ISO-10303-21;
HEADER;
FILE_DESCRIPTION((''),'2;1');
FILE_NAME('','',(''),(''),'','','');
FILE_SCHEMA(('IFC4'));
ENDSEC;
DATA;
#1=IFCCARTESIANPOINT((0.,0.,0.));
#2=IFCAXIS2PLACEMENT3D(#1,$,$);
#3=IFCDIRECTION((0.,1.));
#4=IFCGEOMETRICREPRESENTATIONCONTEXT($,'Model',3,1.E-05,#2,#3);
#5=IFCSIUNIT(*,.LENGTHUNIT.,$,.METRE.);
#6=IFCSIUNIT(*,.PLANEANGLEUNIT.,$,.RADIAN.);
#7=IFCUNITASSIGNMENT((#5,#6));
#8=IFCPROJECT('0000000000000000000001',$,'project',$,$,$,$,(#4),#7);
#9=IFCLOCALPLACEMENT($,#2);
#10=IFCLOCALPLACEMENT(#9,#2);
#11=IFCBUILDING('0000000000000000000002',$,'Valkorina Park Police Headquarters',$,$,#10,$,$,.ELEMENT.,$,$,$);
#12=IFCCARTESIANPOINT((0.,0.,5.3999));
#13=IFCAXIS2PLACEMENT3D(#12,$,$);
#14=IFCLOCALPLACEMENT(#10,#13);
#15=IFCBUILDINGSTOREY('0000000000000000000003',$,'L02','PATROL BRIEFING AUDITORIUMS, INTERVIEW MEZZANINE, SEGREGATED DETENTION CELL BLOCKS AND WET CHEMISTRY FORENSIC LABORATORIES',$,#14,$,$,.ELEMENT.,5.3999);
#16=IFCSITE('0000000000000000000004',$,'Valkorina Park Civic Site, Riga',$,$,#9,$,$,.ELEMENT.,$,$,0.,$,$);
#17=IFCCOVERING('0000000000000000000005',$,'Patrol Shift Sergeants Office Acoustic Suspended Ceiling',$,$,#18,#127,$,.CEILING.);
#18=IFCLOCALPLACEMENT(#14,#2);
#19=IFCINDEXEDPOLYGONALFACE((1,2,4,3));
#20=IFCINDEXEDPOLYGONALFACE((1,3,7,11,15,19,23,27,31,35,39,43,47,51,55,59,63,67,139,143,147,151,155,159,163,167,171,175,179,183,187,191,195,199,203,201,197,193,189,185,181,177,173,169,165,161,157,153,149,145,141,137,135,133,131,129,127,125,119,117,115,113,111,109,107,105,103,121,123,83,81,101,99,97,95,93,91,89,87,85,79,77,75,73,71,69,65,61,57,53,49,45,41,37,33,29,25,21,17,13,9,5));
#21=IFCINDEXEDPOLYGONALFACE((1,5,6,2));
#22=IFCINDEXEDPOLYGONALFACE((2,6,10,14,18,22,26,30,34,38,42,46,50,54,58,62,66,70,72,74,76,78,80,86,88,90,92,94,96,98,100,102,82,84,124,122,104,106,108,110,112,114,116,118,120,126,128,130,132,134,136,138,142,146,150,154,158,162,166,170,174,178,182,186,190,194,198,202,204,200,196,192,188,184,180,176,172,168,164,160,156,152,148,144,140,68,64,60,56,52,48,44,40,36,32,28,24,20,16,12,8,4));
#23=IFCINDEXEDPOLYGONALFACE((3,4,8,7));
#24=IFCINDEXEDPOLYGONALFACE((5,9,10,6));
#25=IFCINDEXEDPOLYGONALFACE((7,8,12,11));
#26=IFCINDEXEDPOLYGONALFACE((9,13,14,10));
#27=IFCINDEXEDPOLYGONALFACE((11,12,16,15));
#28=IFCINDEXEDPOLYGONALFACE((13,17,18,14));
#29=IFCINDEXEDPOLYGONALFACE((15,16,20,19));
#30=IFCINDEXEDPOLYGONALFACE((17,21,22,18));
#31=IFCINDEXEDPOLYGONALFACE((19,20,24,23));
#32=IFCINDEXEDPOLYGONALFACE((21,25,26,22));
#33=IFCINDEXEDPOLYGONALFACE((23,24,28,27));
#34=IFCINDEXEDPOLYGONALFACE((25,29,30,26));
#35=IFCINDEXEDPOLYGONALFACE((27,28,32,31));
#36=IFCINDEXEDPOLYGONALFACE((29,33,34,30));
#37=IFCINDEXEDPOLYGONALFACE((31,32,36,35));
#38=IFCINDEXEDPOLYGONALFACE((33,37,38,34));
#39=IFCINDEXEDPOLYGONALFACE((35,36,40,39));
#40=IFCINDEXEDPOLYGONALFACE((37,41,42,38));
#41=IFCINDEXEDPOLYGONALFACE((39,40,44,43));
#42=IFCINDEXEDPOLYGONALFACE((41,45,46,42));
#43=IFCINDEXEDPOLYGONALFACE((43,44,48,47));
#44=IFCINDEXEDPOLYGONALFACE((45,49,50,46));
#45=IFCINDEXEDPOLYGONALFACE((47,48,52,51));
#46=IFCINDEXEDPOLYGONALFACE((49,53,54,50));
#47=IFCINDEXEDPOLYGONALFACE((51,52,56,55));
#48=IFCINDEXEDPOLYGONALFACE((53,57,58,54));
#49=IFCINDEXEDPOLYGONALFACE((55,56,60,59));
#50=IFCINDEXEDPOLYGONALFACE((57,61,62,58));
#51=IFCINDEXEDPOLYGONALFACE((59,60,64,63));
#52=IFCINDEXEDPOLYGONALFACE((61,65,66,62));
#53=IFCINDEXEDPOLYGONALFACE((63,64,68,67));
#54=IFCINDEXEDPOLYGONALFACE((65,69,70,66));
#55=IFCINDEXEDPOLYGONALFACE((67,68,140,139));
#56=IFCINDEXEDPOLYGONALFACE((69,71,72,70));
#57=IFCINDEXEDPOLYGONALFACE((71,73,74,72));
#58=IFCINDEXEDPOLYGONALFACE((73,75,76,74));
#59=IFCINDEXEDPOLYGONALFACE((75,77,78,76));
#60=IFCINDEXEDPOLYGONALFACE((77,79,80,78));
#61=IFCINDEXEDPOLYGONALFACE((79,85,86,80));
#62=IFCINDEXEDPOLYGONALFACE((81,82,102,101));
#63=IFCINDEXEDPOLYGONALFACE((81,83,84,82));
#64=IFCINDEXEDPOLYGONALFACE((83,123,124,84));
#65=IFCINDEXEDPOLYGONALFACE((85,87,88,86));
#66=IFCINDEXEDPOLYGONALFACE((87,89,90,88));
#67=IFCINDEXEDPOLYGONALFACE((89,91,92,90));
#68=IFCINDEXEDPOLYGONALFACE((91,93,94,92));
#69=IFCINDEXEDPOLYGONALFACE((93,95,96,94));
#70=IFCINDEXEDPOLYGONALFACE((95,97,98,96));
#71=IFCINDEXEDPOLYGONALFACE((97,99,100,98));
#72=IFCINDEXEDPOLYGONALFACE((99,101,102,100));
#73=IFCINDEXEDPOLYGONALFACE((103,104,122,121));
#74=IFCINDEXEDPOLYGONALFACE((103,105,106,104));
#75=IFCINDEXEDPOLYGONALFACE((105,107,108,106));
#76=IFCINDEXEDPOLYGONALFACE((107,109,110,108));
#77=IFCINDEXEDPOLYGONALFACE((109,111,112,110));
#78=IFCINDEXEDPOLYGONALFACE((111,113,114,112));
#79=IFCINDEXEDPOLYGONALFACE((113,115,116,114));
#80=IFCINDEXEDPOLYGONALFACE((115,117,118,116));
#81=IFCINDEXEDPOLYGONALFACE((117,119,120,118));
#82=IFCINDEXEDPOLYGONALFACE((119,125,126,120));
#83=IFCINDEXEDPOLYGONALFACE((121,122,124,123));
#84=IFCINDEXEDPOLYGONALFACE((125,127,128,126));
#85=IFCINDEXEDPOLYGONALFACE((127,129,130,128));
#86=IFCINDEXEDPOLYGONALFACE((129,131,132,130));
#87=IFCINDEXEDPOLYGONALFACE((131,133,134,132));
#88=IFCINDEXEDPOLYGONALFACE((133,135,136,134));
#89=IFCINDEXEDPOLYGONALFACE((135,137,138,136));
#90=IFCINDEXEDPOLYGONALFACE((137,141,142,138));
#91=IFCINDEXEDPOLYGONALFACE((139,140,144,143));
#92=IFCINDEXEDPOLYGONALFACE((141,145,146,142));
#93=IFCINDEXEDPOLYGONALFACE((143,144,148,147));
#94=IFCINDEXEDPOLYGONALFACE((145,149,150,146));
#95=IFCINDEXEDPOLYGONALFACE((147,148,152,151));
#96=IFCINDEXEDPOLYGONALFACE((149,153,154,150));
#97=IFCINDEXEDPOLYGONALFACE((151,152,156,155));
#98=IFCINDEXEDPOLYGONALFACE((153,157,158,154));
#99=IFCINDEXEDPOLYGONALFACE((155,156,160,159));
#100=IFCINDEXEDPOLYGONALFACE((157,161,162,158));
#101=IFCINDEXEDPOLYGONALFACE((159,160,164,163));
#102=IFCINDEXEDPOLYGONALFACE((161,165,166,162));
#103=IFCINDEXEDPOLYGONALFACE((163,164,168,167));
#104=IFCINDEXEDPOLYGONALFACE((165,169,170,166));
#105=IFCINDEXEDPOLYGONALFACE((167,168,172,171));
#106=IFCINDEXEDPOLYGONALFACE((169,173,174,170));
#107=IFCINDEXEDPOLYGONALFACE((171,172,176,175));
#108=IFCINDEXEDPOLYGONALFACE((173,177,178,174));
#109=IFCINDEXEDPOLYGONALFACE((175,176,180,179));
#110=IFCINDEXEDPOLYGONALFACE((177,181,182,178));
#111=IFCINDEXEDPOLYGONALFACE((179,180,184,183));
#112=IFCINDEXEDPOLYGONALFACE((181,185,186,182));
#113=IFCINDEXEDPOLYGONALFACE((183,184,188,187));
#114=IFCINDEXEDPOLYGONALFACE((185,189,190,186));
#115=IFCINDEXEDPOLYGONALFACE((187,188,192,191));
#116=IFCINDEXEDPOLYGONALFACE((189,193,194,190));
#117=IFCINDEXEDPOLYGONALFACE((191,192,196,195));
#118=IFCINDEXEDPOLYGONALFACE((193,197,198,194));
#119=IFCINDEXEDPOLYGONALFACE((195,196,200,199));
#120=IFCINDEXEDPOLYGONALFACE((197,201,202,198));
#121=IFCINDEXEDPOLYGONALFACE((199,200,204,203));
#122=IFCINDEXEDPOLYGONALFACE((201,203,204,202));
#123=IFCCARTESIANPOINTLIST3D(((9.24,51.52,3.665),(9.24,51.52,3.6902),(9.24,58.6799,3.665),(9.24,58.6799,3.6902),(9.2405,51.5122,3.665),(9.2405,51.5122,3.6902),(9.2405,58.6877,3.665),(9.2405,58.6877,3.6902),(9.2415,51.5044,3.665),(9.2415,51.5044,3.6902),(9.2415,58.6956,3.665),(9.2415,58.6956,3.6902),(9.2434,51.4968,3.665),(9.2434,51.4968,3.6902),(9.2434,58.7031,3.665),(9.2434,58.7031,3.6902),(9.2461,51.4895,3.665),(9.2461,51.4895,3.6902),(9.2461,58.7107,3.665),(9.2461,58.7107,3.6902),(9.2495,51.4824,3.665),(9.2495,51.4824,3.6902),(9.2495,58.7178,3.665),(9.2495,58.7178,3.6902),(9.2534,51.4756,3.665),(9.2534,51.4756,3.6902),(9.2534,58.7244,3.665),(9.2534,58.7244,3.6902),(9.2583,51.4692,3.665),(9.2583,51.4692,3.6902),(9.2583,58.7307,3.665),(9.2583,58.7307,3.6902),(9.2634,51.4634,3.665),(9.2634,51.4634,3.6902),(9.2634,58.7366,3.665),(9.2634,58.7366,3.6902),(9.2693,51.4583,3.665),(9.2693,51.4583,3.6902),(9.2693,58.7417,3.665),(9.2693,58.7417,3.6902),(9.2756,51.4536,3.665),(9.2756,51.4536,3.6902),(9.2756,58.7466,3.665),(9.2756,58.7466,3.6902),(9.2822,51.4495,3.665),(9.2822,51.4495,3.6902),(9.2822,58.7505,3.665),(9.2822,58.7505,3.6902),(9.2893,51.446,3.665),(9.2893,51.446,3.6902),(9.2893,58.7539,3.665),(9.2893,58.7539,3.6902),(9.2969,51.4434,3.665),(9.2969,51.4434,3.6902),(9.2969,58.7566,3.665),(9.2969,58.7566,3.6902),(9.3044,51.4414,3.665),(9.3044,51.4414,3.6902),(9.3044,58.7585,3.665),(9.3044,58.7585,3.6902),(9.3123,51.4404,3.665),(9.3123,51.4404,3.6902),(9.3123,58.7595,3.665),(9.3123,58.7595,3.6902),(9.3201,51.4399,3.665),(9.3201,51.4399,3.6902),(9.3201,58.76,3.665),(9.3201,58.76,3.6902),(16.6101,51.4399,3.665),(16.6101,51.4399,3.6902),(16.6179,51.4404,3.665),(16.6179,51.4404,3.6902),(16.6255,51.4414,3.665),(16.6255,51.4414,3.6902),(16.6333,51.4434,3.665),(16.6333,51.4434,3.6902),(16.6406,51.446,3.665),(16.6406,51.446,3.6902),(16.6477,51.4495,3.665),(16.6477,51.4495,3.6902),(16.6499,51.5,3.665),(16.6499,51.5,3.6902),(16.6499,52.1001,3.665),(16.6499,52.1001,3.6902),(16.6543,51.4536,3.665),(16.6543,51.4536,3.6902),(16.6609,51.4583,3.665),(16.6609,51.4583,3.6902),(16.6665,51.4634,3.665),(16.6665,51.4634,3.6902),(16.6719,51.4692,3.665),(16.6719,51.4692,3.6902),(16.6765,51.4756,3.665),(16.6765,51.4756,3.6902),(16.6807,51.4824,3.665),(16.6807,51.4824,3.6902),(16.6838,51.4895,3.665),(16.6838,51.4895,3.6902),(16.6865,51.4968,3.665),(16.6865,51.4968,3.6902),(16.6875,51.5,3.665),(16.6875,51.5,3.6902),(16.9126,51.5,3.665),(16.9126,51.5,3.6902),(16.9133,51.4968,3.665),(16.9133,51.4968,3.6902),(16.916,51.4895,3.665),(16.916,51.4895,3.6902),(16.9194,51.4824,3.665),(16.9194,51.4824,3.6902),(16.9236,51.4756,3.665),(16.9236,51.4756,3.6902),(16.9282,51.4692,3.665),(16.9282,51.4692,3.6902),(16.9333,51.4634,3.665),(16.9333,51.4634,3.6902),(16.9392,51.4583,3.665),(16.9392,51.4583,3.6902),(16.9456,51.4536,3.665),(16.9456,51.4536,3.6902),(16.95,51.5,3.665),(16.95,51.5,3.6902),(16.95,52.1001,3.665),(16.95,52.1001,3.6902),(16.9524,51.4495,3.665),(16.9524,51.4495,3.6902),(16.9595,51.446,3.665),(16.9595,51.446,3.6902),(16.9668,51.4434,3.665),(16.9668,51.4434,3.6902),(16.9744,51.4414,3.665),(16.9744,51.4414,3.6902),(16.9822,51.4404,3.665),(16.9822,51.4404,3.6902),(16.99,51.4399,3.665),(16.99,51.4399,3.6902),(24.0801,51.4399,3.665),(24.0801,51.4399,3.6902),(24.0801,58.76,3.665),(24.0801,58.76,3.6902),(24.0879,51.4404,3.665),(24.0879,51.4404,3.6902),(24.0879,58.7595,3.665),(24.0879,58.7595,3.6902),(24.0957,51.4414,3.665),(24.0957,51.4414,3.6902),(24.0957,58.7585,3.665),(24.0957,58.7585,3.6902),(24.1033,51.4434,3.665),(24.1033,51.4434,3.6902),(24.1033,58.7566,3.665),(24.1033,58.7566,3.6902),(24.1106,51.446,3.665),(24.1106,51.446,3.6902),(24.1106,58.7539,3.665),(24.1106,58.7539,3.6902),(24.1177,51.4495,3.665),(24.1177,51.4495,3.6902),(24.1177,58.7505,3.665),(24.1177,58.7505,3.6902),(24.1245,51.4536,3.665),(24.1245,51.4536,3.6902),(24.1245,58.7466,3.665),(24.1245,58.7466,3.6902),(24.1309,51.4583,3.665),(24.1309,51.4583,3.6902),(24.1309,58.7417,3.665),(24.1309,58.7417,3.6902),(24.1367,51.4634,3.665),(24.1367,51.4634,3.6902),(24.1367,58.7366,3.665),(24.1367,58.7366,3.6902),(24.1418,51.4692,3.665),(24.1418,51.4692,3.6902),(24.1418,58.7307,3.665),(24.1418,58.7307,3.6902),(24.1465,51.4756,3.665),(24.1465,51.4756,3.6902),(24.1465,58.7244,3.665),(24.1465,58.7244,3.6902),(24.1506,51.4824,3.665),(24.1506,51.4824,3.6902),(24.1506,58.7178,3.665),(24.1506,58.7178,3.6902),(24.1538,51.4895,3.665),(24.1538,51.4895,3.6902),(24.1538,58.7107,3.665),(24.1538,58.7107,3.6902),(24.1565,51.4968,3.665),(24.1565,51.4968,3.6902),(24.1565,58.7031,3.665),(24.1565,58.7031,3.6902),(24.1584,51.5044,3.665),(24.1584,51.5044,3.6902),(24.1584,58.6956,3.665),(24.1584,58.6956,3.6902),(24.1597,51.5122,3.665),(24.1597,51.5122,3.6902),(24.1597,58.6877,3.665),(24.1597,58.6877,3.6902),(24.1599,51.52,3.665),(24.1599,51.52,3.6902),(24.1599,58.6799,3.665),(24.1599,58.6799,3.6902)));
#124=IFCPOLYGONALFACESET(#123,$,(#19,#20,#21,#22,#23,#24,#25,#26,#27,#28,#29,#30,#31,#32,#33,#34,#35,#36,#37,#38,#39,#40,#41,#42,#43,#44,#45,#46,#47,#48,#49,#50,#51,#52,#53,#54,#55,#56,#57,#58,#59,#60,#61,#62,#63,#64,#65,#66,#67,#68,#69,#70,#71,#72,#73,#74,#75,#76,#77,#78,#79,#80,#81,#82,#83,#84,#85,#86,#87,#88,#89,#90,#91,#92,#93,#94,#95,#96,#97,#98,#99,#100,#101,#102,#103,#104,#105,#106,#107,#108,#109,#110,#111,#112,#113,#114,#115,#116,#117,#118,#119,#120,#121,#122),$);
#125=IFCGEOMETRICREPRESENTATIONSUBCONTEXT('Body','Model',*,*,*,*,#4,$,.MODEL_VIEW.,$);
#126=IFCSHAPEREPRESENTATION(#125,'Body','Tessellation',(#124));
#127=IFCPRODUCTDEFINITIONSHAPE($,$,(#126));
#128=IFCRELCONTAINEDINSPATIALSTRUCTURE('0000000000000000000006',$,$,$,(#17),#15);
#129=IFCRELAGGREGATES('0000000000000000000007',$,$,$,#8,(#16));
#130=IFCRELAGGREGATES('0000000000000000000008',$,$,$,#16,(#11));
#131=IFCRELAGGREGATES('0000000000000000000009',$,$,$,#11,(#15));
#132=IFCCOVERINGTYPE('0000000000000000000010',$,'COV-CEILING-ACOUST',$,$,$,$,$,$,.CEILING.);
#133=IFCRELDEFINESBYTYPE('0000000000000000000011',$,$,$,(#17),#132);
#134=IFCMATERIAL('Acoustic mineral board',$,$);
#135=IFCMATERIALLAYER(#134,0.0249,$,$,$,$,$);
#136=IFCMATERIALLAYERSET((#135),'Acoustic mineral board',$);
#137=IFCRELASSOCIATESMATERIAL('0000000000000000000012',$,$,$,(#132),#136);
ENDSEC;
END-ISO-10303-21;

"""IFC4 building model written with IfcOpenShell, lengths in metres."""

from ifc_helpers import new_model, si_unit, direction, frame, origin, place, context, subcontext, project, spatial, polyline, outline, extrude, material, layer, layer_set, type_object, element, save


model = new_model("IFC4")

# Units and contexts
model_context = context("Model", 3, precision=1e-05, world=origin(), true_north=direction((0.0, 1.0)))
body_context = subcontext(model_context, "Body", "Model", "MODEL_VIEW")
ifc_project = project(units=[si_unit("LENGTHUNIT", "METRE"), si_unit("PLANEANGLEUNIT", "RADIAN")], contexts=[model_context])

# Site, building, storey
site_placement = place(None, origin())
site = spatial("IfcSite", under=ifc_project, at=site_placement, Name="Valkorina Park Civic Site, Riga", CompositionType="ELEMENT", RefElevation=0.0)
building_placement = place(site_placement, origin())
building = spatial("IfcBuilding", under=site, at=building_placement, Name="Valkorina Park Police Headquarters", CompositionType="ELEMENT")
storey_placement = place(building_placement, frame((0.0, 0.0, 5.3999)))
storey = spatial("IfcBuildingStorey", under=building, at=storey_placement, Name="L02", Description="PATROL BRIEFING AUDITORIUMS, INTERVIEW MEZZANINE, SEGREGATED DETENTION CELL BLOCKS AND WET CHEMISTRY FORENSIC LABORATORIES", CompositionType="ELEMENT", Elevation=5.3999)

# Covering
ifc_material_1 = material(Name="Acoustic mineral board")
ifc_layer_1 = layer(ifc_material_1, 0.0249)
ifc_layer_set_1 = layer_set([ifc_layer_1], Name="Acoustic mineral board")
covering_type_1 = type_object("IfcCoveringType", Name="COV-CEILING-ACOUST", PredefinedType="CEILING", material=ifc_layer_set_1)
covering_1_placement = place(storey_placement, frame((0.0, 0.0, 3.665)))
element("IfcCovering", 1, at=covering_1_placement, inside=storey, type_object=covering_type_1, Name="Patrol Shift Sergeants Office Acoustic Suspended Ceiling", PredefinedType="CEILING", context=body_context, shape_type="SweptSolid", body=[
    extrude(outline(polyline([(24.1584, 51.5044), (24.1597, 51.5122), (24.1599, 51.52), (24.1599, 58.6799), (24.1597, 58.6877), (24.1584, 58.6956), (24.1565, 58.7031), (24.1538, 58.7107), (24.1506, 58.7178), (24.1465, 58.7244), (24.1418, 58.7307), (24.1367, 58.7366), (24.1309, 58.7417), (24.1245, 58.7466), (24.1177, 58.7505), (24.1106, 58.7539), (24.1033, 58.7566), (24.0957, 58.7585), (24.0879, 58.7595), (24.0801, 58.76), (9.3201, 58.76), (9.3123, 58.7595), (9.3044, 58.7585), (9.2969, 58.7566), (9.2893, 58.7539), (9.2822, 58.7505), (9.2756, 58.7466), (9.2693, 58.7417), (9.2634, 58.7366), (9.2583, 58.7307), (9.2534, 58.7244), (9.2495, 58.7178), (9.2461, 58.7107), (9.2434, 58.7031), (9.2415, 58.6956), (9.2405, 58.6877), (9.24, 58.6799), (9.24, 51.52), (9.2405, 51.5122), (9.2415, 51.5044), (9.2434, 51.4968), (9.2461, 51.4895), (9.2495, 51.4824), (9.2534, 51.4756), (9.2583, 51.4692), (9.2634, 51.4634), (9.2693, 51.4583), (9.2756, 51.4536), (9.2822, 51.4495), (9.2893, 51.446), (9.2969, 51.4434), (9.3044, 51.4414), (9.3123, 51.4404), (9.3201, 51.4399), (16.6101, 51.4399), (16.6179, 51.4404), (16.6255, 51.4414), (16.6333, 51.4434), (16.6406, 51.446), (16.6477, 51.4495), (16.6543, 51.4536), (16.6609, 51.4583), (16.6665, 51.4634), (16.6719, 51.4692), (16.6765, 51.4756), (16.6807, 51.4824), (16.6838, 51.4895), (16.6865, 51.4968), (16.6875, 51.5), (16.6499, 51.5), (16.6499, 52.1001), (16.95, 52.1001), (16.95, 51.5), (16.9126, 51.5), (16.9133, 51.4968), (16.916, 51.4895), (16.9194, 51.4824), (16.9236, 51.4756), (16.9282, 51.4692), (16.9333, 51.4634), (16.9392, 51.4583), (16.9456, 51.4536), (16.9524, 51.4495), (16.9595, 51.446), (16.9668, 51.4434), (16.9744, 51.4414), (16.9822, 51.4404), (16.99, 51.4399), (24.0801, 51.4399), (24.0879, 51.4404), (24.0957, 51.4414), (24.1033, 51.4434), (24.1106, 51.446), (24.1177, 51.4495), (24.1245, 51.4536), (24.1309, 51.4583), (24.1367, 51.4634), (24.1418, 51.4692), (24.1465, 51.4756), (24.1506, 51.4824), (24.1538, 51.4895), (24.1565, 51.4968), (24.1584, 51.5044)])), origin(), (0.0, 0.0, 1.0), 0.0251),
])

save(model, "model.ifc")
